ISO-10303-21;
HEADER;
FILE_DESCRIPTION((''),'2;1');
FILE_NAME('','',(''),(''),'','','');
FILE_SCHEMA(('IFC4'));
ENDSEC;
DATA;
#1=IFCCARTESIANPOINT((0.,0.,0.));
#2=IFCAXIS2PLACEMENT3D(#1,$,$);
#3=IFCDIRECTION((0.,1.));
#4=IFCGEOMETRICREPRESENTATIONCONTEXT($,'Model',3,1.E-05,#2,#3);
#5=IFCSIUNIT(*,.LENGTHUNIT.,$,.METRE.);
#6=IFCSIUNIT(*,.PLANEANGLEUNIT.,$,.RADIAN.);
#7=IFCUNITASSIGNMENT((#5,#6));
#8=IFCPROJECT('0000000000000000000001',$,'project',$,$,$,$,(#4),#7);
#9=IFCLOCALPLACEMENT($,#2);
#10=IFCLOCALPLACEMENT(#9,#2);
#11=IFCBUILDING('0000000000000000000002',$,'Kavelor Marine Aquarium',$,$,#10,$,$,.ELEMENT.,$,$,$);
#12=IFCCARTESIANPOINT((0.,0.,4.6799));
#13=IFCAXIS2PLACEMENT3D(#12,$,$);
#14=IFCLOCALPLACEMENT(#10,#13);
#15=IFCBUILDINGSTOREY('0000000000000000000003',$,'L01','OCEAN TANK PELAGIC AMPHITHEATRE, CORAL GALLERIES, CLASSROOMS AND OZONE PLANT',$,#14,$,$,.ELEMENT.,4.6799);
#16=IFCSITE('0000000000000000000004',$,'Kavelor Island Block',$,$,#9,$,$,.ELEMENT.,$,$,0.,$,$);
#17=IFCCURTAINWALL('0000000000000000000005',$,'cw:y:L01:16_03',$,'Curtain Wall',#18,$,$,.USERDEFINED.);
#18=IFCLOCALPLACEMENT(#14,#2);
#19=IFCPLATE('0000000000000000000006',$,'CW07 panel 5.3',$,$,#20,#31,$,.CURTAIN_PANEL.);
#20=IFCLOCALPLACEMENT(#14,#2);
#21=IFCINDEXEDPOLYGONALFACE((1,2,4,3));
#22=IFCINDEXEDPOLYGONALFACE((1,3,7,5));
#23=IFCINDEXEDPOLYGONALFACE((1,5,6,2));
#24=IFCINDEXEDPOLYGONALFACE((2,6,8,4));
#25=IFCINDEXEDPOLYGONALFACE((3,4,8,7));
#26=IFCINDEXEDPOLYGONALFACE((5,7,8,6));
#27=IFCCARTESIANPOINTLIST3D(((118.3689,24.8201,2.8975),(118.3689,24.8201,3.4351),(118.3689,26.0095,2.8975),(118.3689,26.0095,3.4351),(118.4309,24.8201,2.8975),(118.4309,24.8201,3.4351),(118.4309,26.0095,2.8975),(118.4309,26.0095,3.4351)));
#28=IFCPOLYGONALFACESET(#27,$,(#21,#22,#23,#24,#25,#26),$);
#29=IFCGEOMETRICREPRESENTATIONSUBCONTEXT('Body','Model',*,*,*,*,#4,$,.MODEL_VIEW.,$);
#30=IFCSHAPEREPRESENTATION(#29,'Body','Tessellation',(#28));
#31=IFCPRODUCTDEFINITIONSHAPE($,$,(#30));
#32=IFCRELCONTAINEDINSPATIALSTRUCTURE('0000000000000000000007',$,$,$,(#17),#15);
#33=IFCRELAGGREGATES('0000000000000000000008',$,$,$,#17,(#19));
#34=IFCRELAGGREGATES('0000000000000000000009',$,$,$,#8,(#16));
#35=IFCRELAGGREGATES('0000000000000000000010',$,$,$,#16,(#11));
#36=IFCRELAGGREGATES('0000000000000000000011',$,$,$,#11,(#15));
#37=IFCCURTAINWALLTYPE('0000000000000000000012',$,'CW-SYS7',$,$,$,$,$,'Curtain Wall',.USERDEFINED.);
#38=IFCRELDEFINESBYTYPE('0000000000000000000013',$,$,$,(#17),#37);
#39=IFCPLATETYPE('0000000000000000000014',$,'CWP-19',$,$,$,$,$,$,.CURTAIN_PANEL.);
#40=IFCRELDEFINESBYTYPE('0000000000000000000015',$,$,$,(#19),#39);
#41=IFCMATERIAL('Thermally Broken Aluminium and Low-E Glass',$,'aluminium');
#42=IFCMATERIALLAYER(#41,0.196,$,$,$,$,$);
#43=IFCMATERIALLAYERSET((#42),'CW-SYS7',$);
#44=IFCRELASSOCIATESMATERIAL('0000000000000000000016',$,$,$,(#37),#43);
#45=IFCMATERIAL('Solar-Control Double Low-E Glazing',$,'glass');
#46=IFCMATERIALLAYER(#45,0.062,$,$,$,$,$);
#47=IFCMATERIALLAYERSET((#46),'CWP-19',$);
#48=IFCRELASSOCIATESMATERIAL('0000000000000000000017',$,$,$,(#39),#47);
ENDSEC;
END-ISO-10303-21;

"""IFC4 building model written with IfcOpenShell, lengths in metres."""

from ifc_helpers import new_model, si_unit, direction, frame, origin, origin_2d, place, context, subcontext, project, spatial, rectangle, extrude, material, layer, layer_set, type_object, element, aggregate, save


model = new_model("IFC4")

# Units and contexts
model_context = context("Model", 3, precision=1e-05, world=origin(), true_north=direction((0.0, 1.0)))
body_context = subcontext(model_context, "Body", "Model", "MODEL_VIEW")
ifc_project = project(units=[si_unit("LENGTHUNIT", "METRE"), si_unit("PLANEANGLEUNIT", "RADIAN")], contexts=[model_context])

# Site, building, storey
site_placement = place(None, origin())
site = spatial("IfcSite", under=ifc_project, at=site_placement, Name="Kavelor Island Block", CompositionType="ELEMENT", RefElevation=0.0)
building_placement = place(site_placement, origin())
building = spatial("IfcBuilding", under=site, at=building_placement, Name="Kavelor Marine Aquarium", CompositionType="ELEMENT")
storey_placement = place(building_placement, frame((0.0, 0.0, 4.6799)))
storey = spatial("IfcBuildingStorey", under=building, at=storey_placement, Name="L01", Description="OCEAN TANK PELAGIC AMPHITHEATRE, CORAL GALLERIES, CLASSROOMS AND OZONE PLANT", CompositionType="ELEMENT", Elevation=4.6799)

# Curtain wall
ifc_material_1 = material(Name="Thermally Broken Aluminium and Low-E Glass", Category="aluminium")
ifc_layer_1 = layer(ifc_material_1, 0.196)
ifc_layer_set_1 = layer_set([ifc_layer_1], Name="CW-SYS7")
curtain_wall_type_1 = type_object("IfcCurtainWallType", Name="CW-SYS7", ElementType="Curtain Wall", PredefinedType="USERDEFINED", material=ifc_layer_set_1)
curtain_wall_1_placement = place(storey_placement, origin())
curtain_wall_1 = element("IfcCurtainWall", 1, at=curtain_wall_1_placement, inside=storey, type_object=curtain_wall_type_1, Name="cw:y:L01:16_03", ObjectType="Curtain Wall", PredefinedType="USERDEFINED")

# Plate
ifc_material_2 = material(Name="Solar-Control Double Low-E Glazing", Category="glass")
ifc_layer_2 = layer(ifc_material_2, 0.062)
ifc_layer_set_2 = layer_set([ifc_layer_2], Name="CWP-19")
plate_type_1 = type_object("IfcPlateType", Name="CWP-19", PredefinedType="CURTAIN_PANEL", material=ifc_layer_set_2)
plate_1_placement = place(storey_placement, frame((118.3999, 25.4148, 2.8975), z_axis=(0.0, 0.0, 1.0), x_axis=(0.0, -1.0, 0.0)))
plate_1 = element("IfcPlate", 2, at=plate_1_placement, type_object=plate_type_1, Name="CW07 panel 5.3", PredefinedType="CURTAIN_PANEL", context=body_context, shape_type="SweptSolid", body=[
    extrude(rectangle(XDim=1.1895, YDim=0.062, at=origin_2d()), origin(), (0.0, 0.0, 1.0), 0.5376),
])
aggregate(curtain_wall_1, [plate_1])

save(model, "model.ifc")
